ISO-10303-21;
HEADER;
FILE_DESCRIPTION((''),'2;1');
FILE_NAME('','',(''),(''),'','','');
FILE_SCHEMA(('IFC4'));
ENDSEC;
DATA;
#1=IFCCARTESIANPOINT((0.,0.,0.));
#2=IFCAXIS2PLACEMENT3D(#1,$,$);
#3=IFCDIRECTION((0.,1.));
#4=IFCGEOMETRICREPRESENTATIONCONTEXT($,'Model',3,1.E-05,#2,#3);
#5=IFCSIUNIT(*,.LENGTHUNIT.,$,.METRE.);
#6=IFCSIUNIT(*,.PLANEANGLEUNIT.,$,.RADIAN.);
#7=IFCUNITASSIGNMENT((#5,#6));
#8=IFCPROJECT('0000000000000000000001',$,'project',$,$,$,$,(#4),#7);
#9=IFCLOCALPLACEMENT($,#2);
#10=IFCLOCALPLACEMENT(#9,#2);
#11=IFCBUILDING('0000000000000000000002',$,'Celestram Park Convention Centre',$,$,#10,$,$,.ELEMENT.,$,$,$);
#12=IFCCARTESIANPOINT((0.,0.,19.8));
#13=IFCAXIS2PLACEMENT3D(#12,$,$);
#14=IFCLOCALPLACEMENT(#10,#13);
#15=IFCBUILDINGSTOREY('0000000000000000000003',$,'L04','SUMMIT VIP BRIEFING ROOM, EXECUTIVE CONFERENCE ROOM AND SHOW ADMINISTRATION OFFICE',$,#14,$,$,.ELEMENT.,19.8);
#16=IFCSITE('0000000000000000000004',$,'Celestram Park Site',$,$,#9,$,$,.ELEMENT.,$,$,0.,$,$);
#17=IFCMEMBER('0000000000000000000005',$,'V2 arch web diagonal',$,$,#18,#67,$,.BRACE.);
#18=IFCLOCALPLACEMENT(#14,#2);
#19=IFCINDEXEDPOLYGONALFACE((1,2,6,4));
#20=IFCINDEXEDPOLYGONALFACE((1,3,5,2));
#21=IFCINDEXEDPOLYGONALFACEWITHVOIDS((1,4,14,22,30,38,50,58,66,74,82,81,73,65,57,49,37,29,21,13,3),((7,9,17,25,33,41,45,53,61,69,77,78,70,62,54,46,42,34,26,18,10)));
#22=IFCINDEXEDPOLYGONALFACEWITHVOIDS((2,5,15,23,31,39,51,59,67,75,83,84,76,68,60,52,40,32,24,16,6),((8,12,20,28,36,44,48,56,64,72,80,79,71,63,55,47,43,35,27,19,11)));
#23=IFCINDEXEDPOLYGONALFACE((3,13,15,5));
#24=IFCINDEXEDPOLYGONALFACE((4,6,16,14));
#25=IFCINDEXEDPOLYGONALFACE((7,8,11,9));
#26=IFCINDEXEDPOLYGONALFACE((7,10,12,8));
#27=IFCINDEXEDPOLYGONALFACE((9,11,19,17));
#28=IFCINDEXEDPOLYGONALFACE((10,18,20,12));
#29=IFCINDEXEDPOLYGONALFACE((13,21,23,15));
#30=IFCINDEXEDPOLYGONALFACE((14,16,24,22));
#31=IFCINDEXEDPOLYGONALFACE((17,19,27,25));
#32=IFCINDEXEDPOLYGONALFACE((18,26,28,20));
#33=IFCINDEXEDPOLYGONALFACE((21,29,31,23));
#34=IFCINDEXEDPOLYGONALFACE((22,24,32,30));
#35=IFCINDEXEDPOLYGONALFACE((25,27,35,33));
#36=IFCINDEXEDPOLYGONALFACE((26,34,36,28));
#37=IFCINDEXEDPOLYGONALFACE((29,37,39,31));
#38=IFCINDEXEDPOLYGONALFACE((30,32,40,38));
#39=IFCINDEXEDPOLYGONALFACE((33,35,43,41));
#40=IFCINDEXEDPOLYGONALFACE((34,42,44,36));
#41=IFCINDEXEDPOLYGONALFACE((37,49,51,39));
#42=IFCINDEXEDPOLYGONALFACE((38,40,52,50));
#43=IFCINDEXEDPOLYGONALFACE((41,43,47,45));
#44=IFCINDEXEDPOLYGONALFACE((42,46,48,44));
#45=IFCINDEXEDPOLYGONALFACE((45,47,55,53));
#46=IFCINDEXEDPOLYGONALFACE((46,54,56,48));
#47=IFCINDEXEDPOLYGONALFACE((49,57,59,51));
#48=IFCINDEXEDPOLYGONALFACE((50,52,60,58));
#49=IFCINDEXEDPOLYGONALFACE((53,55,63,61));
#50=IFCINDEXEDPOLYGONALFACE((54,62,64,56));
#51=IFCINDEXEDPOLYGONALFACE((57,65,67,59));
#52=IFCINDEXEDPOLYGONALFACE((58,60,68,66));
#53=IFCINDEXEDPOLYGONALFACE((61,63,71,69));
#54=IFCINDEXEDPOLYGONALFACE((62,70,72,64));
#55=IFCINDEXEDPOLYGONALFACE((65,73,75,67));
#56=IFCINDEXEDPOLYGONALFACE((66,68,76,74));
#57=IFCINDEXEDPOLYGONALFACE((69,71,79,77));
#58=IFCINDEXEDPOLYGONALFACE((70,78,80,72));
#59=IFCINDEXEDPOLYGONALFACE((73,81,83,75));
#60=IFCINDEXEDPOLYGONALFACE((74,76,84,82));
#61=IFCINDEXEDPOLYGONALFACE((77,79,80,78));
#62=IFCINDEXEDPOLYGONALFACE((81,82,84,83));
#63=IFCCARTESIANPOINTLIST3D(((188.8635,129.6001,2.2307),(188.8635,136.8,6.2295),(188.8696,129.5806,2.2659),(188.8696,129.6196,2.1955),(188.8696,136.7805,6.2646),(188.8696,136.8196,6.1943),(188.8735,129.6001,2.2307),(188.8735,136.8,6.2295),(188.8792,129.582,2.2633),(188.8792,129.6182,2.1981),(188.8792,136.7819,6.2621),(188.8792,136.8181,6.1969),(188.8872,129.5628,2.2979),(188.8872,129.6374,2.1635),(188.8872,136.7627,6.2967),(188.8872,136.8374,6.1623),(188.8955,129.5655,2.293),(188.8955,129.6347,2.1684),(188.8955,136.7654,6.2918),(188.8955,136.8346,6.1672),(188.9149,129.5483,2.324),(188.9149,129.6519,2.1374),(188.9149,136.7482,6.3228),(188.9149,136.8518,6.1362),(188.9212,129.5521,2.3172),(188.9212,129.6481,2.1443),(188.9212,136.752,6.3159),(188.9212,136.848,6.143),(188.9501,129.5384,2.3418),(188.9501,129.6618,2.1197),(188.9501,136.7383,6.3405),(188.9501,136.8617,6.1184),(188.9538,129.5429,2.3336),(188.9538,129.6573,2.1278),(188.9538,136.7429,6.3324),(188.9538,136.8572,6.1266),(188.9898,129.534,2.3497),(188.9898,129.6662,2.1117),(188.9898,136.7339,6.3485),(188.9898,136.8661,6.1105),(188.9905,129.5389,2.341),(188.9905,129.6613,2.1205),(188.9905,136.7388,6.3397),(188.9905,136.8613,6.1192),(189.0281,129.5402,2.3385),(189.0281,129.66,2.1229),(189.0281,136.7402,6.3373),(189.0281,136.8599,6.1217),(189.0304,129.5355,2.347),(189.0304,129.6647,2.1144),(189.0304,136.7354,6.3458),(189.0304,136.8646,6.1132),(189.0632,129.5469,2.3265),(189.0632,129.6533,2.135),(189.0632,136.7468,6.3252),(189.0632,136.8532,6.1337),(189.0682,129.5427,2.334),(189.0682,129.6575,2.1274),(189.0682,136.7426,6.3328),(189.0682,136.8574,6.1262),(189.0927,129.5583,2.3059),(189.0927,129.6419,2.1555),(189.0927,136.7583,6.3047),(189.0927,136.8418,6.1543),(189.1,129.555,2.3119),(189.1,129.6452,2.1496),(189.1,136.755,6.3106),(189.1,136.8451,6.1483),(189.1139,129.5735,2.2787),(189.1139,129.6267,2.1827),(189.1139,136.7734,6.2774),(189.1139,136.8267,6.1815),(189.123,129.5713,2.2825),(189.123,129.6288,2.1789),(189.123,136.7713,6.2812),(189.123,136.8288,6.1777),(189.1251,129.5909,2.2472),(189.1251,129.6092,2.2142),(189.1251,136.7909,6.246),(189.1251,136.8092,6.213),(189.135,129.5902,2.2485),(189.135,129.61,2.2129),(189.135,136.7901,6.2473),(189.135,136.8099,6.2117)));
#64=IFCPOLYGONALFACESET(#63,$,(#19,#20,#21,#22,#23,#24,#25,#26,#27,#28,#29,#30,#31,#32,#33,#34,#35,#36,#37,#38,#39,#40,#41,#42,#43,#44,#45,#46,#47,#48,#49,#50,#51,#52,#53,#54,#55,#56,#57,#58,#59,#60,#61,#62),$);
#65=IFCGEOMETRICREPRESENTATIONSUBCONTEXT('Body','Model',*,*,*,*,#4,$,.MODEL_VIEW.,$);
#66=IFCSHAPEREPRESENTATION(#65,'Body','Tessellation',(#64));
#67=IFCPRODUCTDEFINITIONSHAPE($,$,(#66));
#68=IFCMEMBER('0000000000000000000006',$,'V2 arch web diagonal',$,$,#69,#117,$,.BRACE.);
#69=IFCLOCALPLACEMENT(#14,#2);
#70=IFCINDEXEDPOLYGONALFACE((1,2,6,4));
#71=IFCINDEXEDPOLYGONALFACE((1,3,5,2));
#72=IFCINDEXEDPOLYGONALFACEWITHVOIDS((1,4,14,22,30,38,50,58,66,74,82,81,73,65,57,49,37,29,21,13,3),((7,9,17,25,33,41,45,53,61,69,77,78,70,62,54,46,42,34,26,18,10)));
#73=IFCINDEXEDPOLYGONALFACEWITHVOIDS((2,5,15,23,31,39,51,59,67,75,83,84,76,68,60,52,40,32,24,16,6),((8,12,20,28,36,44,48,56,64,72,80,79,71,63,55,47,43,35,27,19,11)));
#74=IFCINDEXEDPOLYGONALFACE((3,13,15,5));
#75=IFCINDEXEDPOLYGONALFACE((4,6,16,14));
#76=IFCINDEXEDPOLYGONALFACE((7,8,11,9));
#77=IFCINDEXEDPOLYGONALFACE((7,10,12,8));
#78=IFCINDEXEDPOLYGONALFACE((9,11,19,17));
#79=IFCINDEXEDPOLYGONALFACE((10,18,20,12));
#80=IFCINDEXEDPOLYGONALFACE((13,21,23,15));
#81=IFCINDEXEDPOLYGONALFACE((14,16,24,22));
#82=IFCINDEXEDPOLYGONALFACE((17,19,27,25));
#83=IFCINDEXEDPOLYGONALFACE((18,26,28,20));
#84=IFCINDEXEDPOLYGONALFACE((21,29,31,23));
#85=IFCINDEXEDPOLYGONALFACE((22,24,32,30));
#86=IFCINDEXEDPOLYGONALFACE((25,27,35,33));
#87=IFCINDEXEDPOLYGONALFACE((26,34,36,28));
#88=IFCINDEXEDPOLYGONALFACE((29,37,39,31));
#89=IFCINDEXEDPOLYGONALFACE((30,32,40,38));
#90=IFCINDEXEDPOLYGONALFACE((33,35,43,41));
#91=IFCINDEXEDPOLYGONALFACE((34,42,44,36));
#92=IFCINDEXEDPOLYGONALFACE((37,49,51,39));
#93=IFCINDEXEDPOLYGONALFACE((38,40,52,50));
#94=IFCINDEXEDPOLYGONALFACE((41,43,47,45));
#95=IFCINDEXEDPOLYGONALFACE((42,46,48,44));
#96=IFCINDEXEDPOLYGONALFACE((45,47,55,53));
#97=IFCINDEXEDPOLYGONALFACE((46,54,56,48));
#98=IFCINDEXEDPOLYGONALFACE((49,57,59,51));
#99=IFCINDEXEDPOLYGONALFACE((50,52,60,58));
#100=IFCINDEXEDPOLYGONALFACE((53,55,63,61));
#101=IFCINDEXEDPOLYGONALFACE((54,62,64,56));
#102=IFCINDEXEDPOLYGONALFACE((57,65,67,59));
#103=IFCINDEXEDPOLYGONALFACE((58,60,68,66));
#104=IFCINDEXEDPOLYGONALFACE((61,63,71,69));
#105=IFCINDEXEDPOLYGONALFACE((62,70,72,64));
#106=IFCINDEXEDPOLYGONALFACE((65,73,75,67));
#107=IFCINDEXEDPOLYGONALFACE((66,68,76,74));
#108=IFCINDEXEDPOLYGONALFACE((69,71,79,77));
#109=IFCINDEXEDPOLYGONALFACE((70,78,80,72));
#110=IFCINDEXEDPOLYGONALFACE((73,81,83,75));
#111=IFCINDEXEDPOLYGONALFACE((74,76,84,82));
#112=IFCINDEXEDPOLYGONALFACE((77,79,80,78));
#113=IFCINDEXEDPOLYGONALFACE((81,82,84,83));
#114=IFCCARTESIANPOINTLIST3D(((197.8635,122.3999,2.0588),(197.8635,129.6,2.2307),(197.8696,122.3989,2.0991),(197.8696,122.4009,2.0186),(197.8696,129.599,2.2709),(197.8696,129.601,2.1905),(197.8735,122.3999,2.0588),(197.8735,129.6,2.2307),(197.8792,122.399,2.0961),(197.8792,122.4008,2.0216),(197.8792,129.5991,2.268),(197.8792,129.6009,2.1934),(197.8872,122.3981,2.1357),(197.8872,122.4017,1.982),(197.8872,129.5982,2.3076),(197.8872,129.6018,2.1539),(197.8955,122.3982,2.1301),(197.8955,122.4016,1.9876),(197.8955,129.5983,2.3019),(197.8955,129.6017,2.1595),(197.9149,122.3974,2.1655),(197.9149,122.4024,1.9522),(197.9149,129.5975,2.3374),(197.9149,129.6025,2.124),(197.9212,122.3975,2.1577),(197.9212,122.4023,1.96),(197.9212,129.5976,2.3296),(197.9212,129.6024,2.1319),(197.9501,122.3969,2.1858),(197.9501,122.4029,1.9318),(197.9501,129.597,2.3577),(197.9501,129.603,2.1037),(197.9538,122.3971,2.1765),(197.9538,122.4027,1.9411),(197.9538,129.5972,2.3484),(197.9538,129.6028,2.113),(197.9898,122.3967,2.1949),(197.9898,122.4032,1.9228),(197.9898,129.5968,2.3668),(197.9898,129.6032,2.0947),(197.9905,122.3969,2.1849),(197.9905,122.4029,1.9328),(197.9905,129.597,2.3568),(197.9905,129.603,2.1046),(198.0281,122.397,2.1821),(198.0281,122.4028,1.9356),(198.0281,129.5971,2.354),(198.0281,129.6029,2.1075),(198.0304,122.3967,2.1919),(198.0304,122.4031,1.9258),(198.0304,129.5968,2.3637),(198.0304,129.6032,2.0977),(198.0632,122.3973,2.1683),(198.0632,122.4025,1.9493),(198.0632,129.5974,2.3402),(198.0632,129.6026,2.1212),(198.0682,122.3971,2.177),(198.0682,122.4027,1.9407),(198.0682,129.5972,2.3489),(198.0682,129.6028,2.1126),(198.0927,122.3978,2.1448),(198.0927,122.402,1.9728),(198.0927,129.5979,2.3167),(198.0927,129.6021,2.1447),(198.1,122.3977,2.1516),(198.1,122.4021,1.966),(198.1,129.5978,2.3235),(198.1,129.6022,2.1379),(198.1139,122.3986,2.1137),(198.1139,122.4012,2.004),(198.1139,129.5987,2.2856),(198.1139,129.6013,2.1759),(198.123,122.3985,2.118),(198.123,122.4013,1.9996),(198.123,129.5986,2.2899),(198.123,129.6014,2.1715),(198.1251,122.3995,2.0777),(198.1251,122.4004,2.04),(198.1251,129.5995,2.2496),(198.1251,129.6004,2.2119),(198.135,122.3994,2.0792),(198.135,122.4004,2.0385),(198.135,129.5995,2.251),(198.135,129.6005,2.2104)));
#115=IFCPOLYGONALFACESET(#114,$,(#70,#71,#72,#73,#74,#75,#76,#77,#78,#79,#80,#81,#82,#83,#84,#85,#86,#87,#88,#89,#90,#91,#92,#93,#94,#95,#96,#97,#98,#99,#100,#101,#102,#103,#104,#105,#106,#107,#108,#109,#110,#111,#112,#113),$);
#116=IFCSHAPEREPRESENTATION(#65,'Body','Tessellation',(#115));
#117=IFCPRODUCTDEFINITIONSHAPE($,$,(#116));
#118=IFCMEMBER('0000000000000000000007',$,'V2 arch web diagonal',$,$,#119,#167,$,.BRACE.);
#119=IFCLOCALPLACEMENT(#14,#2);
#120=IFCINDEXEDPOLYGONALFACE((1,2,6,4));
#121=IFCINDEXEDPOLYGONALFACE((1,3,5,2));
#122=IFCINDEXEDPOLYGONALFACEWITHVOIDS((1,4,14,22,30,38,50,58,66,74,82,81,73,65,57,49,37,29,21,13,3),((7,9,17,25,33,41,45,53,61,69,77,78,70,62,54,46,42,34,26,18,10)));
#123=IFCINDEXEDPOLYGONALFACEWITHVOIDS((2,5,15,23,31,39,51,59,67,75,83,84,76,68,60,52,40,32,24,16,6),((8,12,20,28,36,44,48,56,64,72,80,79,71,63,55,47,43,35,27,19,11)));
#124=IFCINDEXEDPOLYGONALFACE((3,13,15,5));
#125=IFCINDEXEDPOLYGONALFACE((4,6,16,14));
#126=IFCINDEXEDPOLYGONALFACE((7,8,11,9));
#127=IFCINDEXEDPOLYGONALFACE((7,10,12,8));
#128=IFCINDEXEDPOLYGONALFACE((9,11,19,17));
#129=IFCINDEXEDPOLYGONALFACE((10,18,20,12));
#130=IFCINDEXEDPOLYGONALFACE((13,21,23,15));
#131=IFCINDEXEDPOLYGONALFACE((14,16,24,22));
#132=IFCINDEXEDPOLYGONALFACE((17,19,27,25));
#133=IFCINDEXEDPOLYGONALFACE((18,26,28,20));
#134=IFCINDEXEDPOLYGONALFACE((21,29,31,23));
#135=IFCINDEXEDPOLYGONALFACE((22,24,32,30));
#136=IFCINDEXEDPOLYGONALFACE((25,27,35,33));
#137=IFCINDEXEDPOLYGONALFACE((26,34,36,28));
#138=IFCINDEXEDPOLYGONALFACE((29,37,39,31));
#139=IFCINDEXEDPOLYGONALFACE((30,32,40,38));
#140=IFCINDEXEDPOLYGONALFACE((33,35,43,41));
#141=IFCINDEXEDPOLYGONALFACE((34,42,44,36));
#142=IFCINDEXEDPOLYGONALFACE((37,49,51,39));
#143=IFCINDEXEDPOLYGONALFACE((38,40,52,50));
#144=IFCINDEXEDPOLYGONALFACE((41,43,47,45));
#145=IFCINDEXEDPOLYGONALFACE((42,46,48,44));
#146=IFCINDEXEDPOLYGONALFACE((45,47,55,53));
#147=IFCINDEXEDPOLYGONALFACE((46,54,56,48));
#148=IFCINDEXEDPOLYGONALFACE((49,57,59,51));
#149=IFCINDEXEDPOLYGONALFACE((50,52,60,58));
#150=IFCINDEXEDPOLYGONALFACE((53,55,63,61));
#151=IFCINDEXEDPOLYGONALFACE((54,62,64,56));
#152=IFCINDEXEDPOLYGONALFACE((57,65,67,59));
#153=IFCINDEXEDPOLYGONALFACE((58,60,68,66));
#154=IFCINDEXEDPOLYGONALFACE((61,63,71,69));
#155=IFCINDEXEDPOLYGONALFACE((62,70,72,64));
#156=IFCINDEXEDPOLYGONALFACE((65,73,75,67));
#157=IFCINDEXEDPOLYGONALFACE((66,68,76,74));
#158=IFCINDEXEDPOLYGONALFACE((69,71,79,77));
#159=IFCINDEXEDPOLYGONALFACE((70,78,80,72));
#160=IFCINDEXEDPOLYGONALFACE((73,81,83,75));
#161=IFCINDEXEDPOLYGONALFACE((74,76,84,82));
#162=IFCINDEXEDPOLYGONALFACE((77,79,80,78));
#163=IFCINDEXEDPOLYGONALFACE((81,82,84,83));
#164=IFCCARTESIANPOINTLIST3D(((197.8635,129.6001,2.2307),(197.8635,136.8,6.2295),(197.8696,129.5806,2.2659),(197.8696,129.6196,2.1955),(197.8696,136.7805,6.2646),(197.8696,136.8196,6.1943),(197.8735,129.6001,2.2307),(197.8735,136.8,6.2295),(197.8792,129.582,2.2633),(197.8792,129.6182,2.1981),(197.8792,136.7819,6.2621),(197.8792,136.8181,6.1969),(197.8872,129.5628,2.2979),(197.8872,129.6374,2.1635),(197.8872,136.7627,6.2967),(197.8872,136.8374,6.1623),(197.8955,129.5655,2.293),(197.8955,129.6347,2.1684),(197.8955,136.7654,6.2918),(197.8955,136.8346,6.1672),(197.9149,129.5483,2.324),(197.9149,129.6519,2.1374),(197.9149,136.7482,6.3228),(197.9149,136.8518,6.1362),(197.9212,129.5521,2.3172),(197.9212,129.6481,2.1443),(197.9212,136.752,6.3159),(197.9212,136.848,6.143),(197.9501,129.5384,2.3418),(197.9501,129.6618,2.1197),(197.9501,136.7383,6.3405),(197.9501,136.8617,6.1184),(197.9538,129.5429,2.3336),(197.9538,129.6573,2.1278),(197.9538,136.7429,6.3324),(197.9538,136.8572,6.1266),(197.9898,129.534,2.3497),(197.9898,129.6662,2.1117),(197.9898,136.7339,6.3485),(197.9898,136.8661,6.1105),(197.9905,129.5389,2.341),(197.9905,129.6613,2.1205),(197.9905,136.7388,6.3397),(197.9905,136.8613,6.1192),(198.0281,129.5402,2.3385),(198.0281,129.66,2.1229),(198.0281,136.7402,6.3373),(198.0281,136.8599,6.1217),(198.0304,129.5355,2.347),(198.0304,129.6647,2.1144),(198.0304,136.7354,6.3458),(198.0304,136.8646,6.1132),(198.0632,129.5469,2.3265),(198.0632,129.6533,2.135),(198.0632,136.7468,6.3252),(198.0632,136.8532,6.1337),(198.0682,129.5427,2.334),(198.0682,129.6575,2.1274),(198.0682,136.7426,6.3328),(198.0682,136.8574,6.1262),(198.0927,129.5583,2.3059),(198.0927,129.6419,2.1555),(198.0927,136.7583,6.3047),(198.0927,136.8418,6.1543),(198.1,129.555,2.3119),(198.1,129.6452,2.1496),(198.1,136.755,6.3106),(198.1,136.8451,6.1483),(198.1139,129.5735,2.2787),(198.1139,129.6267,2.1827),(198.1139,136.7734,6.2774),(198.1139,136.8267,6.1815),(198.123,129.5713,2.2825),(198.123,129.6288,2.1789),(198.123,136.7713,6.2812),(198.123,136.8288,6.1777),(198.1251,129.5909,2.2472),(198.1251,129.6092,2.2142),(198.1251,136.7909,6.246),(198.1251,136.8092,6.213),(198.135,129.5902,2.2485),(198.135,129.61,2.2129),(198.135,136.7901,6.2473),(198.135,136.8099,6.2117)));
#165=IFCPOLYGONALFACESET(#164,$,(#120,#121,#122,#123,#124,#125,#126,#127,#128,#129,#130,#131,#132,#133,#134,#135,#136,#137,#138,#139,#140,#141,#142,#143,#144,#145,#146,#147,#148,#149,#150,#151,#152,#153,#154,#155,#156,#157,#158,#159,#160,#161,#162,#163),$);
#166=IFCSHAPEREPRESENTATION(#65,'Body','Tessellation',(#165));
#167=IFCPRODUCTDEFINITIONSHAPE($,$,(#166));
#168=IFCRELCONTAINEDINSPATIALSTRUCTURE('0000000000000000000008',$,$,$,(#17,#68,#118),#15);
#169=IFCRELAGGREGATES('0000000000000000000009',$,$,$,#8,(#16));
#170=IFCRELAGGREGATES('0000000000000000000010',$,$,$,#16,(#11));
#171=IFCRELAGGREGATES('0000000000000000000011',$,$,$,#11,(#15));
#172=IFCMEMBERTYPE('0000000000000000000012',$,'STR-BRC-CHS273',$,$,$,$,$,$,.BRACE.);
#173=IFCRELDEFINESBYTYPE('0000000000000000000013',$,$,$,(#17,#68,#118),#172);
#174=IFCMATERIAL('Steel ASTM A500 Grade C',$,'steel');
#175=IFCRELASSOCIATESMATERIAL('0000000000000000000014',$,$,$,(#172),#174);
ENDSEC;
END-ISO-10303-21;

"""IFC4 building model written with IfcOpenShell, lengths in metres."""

from ifc_helpers import new_model, si_unit, direction, frame, origin, origin_2d, place, context, subcontext, project, spatial, hollow_circle, extrude, material, material_profile, profile_set, type_object, element, save


model = new_model("IFC4")

# Units and contexts
model_context = context("Model", 3, precision=1e-05, world=origin(), true_north=direction((0.0, 1.0)))
body_context = subcontext(model_context, "Body", "Model", "MODEL_VIEW")
ifc_project = project(units=[si_unit("LENGTHUNIT", "METRE"), si_unit("PLANEANGLEUNIT", "RADIAN")], contexts=[model_context])

# Site, building, storey
site_placement = place(None, origin())
site = spatial("IfcSite", under=ifc_project, at=site_placement, Name="Celestram Park Site", CompositionType="ELEMENT", RefElevation=0.0)
building_placement = place(site_placement, origin())
building = spatial("IfcBuilding", under=site, at=building_placement, Name="Celestram Park Convention Centre", CompositionType="ELEMENT")
storey_placement = place(building_placement, frame((0.0, 0.0, 19.8)))
storey = spatial("IfcBuildingStorey", under=building, at=storey_placement, Name="L04", Description="SUMMIT VIP BRIEFING ROOM, EXECUTIVE CONFERENCE ROOM AND SHOW ADMINISTRATION OFFICE", CompositionType="ELEMENT", Elevation=19.8)

# Members
ifc_material_1 = material(Name="Steel ASTM A500 Grade C", Category="steel")
ifc_material_profile_1 = material_profile(ifc_material_1, hollow_circle(Radius=0.1365, WallThickness=0.01, at=origin_2d()), Name="CHS273X10")
ifc_profile_set_1 = profile_set([ifc_material_profile_1], Name="Steel ASTM A500 Grade C")
member_type_1 = type_object("IfcMemberType", Name="STR-BRC-CHS273", PredefinedType="BRACE", material=ifc_profile_set_1)
member_1_placement = place(storey_placement, frame((189.0, 129.6001, 2.2307), z_axis=(0.0, 0.874219, 0.485532), x_axis=(-1.0, 0.0, 0.0)))
element("IfcMember", 1, at=member_1_placement, inside=storey, type_object=member_type_1, Name="V2 arch web diagonal", PredefinedType="BRACE", context=body_context, shape_type="SweptSolid", body=[
    extrude(hollow_circle(Radius=0.1365, WallThickness=0.01, at=origin_2d()), origin(), (0.0, 0.0, 1.0), 8.2358),
])
member_2_placement = place(storey_placement, frame((198.0, 122.3999, 2.0588), z_axis=(0.0, 0.999715, 0.023864), x_axis=(-1.0, 0.0, 0.0)))
element("IfcMember", 2, at=member_2_placement, inside=storey, type_object=member_type_1, Name="V2 arch web diagonal", PredefinedType="BRACE", context=body_context, shape_type="SweptSolid", body=[
    extrude(hollow_circle(Radius=0.1365, WallThickness=0.01, at=origin_2d()), origin(), (0.0, 0.0, 1.0), 7.2021),
])
member_3_placement = place(storey_placement, frame((198.0, 129.6001, 2.2307), z_axis=(0.0, 0.874219, 0.485532), x_axis=(-1.0, 0.0, 0.0)))
element("IfcMember", 3, at=member_3_placement, inside=storey, type_object=member_type_1, Name="V2 arch web diagonal", PredefinedType="BRACE", context=body_context, shape_type="SweptSolid", body=[
    extrude(hollow_circle(Radius=0.1365, WallThickness=0.01, at=origin_2d()), origin(), (0.0, 0.0, 1.0), 8.2358),
])

save(model, "model.ifc")
